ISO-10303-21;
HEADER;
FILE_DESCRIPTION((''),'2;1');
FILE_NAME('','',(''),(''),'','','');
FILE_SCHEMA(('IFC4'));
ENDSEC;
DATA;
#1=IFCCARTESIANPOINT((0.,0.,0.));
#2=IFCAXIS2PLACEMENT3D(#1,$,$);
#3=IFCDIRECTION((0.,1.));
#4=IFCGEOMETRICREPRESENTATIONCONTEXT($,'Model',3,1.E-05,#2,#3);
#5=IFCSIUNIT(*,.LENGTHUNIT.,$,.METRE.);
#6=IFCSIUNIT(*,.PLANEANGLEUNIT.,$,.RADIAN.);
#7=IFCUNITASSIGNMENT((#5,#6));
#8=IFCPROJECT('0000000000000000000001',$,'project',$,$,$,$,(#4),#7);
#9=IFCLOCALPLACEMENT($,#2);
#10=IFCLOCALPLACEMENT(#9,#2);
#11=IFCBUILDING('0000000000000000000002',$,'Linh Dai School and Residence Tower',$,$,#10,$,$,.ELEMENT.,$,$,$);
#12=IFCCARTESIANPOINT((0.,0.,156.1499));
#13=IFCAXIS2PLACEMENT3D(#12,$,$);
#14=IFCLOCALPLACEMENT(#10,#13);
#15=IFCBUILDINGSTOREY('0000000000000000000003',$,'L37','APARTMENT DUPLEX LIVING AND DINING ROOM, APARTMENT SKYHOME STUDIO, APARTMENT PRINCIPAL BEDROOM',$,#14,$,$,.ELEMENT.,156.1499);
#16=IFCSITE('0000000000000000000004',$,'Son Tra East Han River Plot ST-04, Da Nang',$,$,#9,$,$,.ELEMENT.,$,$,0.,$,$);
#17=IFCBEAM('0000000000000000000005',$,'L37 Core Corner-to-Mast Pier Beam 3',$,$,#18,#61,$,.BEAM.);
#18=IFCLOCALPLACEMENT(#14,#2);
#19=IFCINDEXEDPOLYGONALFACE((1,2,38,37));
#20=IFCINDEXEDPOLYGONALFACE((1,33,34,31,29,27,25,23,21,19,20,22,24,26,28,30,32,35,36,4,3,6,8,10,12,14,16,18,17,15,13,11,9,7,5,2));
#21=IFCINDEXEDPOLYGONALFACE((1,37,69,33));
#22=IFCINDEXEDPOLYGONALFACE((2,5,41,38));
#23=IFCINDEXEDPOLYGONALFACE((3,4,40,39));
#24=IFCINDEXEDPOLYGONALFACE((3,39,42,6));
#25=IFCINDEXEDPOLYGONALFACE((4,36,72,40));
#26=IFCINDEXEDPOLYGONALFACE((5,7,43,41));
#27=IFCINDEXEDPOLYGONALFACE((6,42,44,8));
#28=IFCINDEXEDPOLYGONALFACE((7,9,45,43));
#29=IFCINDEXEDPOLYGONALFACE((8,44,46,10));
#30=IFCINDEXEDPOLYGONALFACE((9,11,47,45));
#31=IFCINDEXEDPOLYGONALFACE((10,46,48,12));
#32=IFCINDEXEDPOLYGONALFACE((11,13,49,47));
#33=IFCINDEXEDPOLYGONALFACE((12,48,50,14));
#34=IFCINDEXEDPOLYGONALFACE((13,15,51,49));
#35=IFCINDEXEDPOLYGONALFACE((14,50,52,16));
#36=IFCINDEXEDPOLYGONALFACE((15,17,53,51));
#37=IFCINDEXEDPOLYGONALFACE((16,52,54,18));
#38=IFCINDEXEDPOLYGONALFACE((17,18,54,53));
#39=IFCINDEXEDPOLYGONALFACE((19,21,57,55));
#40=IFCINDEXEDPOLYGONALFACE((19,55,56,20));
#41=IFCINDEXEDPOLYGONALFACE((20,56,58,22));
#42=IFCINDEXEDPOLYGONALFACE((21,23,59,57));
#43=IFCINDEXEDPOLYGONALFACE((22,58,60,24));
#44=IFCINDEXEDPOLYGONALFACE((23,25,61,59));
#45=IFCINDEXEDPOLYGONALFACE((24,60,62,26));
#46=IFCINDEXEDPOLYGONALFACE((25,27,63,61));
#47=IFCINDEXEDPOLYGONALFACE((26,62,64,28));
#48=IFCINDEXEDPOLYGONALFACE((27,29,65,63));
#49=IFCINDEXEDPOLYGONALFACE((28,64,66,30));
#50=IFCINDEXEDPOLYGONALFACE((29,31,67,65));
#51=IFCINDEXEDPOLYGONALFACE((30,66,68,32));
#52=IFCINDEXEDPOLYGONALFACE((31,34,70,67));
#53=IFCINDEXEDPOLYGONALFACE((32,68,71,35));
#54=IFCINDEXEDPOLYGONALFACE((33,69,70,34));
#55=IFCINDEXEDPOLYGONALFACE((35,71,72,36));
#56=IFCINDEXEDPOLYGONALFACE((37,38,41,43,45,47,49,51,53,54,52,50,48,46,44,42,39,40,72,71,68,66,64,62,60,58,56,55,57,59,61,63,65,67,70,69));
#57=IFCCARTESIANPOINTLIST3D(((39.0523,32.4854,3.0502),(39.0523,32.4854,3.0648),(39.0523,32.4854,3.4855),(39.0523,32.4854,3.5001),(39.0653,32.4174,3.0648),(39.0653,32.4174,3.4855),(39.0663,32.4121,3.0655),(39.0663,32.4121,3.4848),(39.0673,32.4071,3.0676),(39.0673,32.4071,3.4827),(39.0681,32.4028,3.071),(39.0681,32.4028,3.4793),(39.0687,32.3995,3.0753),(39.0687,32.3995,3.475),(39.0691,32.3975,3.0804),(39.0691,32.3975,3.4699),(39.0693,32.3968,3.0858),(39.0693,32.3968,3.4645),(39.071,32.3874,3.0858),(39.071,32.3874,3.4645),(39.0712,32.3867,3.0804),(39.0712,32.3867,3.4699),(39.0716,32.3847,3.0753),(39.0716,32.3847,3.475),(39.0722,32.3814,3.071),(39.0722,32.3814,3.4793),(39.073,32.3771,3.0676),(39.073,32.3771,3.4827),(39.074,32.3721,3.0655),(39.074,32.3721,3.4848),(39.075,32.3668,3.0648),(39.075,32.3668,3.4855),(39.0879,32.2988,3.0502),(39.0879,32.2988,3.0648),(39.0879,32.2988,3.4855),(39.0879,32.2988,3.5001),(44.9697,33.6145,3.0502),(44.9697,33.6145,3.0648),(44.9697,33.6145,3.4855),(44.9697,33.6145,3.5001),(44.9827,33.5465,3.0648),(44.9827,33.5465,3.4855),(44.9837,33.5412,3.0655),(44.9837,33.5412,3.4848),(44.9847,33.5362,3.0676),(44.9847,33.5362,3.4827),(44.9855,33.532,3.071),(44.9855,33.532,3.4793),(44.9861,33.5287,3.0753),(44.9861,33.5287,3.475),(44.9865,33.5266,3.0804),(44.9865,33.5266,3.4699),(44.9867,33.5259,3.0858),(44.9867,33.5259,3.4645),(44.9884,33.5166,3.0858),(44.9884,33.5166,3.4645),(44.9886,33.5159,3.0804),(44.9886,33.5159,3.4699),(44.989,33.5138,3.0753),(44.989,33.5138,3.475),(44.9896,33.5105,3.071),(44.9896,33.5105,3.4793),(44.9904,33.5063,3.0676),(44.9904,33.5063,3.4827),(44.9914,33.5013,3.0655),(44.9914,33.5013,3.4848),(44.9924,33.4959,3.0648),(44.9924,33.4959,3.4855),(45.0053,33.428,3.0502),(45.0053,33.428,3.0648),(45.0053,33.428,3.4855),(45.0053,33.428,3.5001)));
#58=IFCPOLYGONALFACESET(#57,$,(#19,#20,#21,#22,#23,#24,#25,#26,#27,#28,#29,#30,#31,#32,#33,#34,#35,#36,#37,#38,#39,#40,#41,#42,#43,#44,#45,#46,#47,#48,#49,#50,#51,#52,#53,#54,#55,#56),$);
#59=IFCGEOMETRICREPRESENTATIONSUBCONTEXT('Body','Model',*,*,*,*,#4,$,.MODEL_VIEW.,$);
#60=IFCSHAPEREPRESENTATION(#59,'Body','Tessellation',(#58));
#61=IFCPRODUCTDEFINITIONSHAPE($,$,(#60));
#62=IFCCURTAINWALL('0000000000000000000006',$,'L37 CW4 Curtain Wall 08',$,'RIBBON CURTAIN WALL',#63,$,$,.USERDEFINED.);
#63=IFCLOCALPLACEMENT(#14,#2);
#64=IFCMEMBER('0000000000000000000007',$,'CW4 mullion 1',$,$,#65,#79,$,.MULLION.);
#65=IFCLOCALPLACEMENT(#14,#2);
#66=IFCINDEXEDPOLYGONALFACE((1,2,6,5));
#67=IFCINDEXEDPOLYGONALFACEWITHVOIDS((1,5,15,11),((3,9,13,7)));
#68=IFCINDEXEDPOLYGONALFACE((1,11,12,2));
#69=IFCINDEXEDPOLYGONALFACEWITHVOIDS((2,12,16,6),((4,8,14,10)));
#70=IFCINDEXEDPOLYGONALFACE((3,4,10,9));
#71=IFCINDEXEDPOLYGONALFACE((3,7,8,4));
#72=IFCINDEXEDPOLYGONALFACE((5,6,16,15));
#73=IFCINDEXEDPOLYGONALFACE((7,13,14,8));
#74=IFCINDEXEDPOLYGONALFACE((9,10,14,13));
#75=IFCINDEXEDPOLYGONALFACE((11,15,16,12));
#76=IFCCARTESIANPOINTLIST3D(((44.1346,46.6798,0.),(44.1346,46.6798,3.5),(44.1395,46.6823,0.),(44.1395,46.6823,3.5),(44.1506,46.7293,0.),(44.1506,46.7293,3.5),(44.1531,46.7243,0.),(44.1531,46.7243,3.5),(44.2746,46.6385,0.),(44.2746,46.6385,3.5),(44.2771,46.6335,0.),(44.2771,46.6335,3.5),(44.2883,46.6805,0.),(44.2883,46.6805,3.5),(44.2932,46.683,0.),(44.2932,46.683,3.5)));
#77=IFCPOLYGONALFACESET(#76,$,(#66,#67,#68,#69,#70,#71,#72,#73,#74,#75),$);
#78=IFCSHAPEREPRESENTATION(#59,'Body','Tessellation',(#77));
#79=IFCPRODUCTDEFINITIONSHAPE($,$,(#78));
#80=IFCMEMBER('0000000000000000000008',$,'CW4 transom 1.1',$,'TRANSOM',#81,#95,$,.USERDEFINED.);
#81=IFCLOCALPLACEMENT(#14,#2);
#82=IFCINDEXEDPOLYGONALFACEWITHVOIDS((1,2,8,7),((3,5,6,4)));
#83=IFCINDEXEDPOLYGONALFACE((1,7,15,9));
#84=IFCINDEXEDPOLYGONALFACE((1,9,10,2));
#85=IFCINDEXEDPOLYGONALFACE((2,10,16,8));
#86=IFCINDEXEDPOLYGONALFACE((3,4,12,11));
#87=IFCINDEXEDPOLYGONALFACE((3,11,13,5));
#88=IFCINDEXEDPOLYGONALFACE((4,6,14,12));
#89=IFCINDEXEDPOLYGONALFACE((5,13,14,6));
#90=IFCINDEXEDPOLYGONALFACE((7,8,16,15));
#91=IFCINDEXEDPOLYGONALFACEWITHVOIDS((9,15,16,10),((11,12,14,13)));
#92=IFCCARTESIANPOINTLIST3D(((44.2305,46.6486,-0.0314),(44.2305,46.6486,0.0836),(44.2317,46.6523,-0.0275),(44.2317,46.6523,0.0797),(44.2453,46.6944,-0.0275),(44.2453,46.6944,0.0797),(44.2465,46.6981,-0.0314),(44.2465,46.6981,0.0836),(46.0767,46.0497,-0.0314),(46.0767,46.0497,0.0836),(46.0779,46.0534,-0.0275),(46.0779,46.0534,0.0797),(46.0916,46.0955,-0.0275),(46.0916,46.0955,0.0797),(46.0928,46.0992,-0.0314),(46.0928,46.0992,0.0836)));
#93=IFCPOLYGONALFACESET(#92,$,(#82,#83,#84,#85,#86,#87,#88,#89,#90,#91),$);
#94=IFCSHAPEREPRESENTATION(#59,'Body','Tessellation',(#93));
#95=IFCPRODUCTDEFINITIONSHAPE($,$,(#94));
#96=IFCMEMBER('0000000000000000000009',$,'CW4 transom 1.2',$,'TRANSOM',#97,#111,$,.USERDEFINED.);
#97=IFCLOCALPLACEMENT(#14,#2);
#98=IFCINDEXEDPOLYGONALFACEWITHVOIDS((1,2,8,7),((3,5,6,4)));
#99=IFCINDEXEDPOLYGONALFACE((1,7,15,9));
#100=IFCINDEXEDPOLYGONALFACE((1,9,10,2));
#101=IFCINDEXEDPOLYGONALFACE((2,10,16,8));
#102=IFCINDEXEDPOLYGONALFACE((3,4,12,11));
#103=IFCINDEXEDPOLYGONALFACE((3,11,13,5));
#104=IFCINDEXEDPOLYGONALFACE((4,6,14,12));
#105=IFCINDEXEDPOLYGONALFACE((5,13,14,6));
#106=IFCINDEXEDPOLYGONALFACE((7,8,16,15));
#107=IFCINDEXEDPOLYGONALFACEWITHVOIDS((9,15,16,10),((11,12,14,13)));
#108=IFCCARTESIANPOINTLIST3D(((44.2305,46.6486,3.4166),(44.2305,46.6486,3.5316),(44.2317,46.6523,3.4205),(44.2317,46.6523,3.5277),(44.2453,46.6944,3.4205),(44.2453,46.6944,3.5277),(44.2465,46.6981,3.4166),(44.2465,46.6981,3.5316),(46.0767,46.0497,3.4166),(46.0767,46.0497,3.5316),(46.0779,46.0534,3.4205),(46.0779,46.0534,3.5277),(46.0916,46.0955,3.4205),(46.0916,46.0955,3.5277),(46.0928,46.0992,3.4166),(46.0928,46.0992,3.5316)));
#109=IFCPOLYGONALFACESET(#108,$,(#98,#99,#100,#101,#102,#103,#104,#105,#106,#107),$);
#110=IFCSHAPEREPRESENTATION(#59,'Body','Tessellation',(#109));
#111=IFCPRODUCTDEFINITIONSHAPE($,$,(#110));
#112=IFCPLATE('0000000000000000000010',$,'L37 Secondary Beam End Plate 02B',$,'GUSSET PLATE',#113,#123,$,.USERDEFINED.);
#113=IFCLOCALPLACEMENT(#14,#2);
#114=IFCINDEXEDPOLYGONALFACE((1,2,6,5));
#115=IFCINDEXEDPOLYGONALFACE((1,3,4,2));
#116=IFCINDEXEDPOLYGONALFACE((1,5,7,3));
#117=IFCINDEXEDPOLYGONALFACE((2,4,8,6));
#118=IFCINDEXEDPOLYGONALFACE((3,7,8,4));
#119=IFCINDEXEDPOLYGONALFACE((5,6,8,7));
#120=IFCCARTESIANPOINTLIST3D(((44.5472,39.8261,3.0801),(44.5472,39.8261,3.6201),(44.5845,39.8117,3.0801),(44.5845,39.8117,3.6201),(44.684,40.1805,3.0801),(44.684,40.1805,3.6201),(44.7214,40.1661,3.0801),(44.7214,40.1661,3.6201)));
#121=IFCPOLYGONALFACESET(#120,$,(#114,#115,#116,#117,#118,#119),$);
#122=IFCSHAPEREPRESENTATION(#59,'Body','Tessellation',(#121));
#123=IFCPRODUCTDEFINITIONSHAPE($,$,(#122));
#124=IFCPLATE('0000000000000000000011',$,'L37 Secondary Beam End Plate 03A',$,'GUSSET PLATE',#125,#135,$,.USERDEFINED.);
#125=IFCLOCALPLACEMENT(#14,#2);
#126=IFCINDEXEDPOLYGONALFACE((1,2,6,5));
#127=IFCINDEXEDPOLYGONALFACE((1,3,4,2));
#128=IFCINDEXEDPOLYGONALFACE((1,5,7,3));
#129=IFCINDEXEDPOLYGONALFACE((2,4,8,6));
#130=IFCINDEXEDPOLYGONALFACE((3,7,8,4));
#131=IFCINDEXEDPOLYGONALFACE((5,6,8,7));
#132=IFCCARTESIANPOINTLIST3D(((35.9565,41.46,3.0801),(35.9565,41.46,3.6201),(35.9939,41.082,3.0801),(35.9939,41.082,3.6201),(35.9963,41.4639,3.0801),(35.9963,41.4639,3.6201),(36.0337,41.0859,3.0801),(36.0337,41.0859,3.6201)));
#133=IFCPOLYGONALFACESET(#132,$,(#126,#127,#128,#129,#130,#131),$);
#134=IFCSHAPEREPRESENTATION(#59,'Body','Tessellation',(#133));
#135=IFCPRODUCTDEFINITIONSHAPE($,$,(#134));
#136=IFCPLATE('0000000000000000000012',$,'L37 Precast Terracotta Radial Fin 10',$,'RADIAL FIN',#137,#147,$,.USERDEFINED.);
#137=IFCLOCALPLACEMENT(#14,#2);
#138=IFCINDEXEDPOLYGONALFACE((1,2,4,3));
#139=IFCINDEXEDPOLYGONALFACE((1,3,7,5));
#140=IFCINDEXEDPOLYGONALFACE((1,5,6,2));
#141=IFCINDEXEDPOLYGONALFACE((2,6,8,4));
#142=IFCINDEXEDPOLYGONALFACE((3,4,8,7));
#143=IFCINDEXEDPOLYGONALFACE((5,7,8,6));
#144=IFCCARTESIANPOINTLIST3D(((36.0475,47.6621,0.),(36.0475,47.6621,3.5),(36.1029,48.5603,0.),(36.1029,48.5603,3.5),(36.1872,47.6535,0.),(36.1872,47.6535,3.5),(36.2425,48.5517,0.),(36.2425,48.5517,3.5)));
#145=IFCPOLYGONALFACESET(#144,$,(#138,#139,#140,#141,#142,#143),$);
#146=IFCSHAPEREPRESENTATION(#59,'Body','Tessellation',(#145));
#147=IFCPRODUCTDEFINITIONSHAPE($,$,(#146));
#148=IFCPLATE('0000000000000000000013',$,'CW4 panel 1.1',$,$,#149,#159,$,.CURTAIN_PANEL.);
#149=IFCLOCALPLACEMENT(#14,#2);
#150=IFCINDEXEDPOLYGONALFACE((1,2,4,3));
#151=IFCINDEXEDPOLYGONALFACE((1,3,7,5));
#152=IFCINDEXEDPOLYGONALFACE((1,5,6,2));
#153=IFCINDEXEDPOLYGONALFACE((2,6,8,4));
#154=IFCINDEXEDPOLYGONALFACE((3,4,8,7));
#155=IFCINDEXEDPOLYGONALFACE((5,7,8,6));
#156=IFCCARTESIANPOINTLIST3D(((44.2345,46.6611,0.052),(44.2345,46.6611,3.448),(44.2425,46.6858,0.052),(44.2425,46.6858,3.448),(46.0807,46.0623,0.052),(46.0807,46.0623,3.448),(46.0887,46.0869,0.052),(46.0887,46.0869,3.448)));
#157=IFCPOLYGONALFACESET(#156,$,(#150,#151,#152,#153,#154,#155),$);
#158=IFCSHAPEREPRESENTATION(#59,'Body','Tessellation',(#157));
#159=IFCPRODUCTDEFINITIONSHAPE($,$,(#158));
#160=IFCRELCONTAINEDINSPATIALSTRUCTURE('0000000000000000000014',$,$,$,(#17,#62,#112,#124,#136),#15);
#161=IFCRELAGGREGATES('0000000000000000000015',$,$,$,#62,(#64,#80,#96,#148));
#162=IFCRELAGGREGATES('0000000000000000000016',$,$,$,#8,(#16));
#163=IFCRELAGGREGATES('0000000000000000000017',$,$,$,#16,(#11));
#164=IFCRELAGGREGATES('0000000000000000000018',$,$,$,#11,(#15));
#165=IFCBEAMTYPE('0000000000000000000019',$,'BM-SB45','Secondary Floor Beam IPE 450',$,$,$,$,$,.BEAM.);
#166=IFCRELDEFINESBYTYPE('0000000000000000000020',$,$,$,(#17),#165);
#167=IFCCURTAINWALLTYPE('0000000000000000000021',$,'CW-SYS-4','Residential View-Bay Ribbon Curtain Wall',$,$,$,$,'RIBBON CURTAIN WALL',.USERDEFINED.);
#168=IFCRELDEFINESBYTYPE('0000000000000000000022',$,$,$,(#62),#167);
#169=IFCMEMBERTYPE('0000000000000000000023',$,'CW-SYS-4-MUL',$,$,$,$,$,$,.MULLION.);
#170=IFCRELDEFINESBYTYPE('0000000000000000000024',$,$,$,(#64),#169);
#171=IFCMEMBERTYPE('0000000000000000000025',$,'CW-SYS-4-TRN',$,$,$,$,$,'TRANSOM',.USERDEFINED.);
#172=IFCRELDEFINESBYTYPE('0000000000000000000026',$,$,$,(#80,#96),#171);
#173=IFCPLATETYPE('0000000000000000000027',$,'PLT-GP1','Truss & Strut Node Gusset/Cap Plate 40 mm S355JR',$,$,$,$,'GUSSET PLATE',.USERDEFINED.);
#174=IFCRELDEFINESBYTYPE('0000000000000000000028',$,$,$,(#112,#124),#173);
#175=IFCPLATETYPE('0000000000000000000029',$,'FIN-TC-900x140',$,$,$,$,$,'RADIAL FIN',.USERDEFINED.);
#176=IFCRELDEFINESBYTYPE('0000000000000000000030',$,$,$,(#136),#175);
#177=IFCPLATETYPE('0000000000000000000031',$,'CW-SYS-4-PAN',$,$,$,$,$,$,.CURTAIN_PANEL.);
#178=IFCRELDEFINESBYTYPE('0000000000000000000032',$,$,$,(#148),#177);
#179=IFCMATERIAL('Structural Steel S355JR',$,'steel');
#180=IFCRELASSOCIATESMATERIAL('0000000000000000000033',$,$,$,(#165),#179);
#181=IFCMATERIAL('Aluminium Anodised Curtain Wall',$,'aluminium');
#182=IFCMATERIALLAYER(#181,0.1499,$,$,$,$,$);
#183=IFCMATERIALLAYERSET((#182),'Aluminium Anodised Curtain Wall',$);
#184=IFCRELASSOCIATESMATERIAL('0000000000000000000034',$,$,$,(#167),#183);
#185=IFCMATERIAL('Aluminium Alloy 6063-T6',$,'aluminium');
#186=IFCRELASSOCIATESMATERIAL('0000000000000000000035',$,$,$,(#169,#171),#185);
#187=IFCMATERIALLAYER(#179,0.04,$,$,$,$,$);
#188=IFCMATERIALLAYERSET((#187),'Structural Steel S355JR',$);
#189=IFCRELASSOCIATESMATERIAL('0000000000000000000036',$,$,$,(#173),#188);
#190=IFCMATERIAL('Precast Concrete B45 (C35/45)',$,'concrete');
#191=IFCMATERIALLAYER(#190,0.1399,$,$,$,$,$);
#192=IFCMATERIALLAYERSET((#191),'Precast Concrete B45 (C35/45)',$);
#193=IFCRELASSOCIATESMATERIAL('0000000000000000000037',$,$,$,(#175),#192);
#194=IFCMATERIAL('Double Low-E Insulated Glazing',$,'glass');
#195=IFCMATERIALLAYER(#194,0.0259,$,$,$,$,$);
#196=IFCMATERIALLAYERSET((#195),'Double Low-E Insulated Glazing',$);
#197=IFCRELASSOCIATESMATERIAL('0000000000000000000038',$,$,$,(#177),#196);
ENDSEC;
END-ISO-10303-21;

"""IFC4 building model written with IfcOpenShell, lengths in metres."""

from ifc_helpers import new_model, si_unit, direction, frame, origin, origin_2d, place, context, subcontext, project, spatial, rectangle, hollow_rectangle, i_section, extrude, source, transform, mapped, material, layer, layer_set, material_profile, profile_set, type_object, element, aggregate, save


model = new_model("IFC4")

# Units and contexts
model_context = context("Model", 3, precision=1e-05, world=origin(), true_north=direction((0.0, 1.0)))
body_context = subcontext(model_context, "Body", "Model", "MODEL_VIEW")
ifc_project = project(units=[si_unit("LENGTHUNIT", "METRE"), si_unit("PLANEANGLEUNIT", "RADIAN")], contexts=[model_context])

# Site, building, storey
site_placement = place(None, origin())
site = spatial("IfcSite", under=ifc_project, at=site_placement, Name="Son Tra East Han River Plot ST-04, Da Nang", CompositionType="ELEMENT", RefElevation=0.0)
building_placement = place(site_placement, origin())
building = spatial("IfcBuilding", under=site, at=building_placement, Name="Linh Dai School and Residence Tower", CompositionType="ELEMENT")
storey_placement = place(building_placement, frame((0.0, 0.0, 156.1499)))
storey = spatial("IfcBuildingStorey", under=building, at=storey_placement, Name="L37", Description="APARTMENT DUPLEX LIVING AND DINING ROOM, APARTMENT SKYHOME STUDIO, APARTMENT PRINCIPAL BEDROOM", CompositionType="ELEMENT", Elevation=156.1499)

# Shared definitions
ifc_material_1 = material(Name="Structural Steel S355JR", Category="steel")

# Beam
ifc_material_profile_1 = material_profile(ifc_material_1, i_section(OverallWidth=0.1899, OverallDepth=0.45, WebThickness=0.0095, FlangeThickness=0.0146, FilletRadius=0.021, at=origin_2d()), Name="IPE 450")
ifc_profile_set_1 = profile_set([ifc_material_profile_1], Name="Structural Steel S355JR")
beam_type_1 = type_object("IfcBeamType", Name="BM-SB45", Description="Secondary Floor Beam IPE 450", PredefinedType="BEAM", material=ifc_profile_set_1)
beam_1_placement = place(storey_placement, frame((44.9875, 33.5212, 3.2751), z_axis=(-0.982277, -0.187434, 0.0), x_axis=(0.187434, -0.982277, 0.0)))
element("IfcBeam", 1, at=beam_1_placement, inside=storey, type_object=beam_type_1, Name="L37 Core Corner-to-Mast Pier Beam 3", PredefinedType="BEAM", context=body_context, shape_type="SweptSolid", body=[
    extrude(i_section(OverallWidth=0.1899, OverallDepth=0.45, WebThickness=0.0095, FlangeThickness=0.0146, FilletRadius=0.021, at=origin_2d()), origin(), (0.0, 0.0, 1.0), 6.0242),
])

# Curtain wall, members
ifc_material_2 = material(Name="Aluminium Anodised Curtain Wall", Category="aluminium")
ifc_layer_1 = layer(ifc_material_2, 0.1499)
ifc_layer_set_1 = layer_set([ifc_layer_1], Name="Aluminium Anodised Curtain Wall")
curtain_wall_type = type_object("IfcCurtainWallType", Name="CW-SYS-4", Description="Residential View-Bay Ribbon Curtain Wall", ElementType="RIBBON CURTAIN WALL", PredefinedType="USERDEFINED", material=ifc_layer_set_1)
curtain_wall_placement = place(storey_placement, origin())
curtain_wall = element("IfcCurtainWall", 2, at=curtain_wall_placement, inside=storey, type_object=curtain_wall_type, Name="L37 CW4 Curtain Wall 08", ObjectType="RIBBON CURTAIN WALL", PredefinedType="USERDEFINED")
ifc_material_3 = material(Name="Aluminium Alloy 6063-T6", Category="aluminium")
ifc_material_profile_2 = material_profile(ifc_material_3, hollow_rectangle(XDim=0.052, YDim=0.1499, WallThickness=0.0039, at=origin_2d()), Name="RHS 150x52x4")
ifc_profile_set_2 = profile_set([ifc_material_profile_2], Name="Aluminium Alloy 6063-T6")
member_type_1 = type_object("IfcMemberType", Name="CW-SYS-4-MUL", PredefinedType="MULLION", material=ifc_profile_set_2)
shared_shape_1 = source(origin(), body_context, "Body", "SweptSolid", [
    extrude(hollow_rectangle(XDim=0.052, YDim=0.1499, WallThickness=0.0039, at=origin_2d()), origin(), (0.0, 0.0, 1.0), 3.5),
])
member_1_placement = place(storey_placement, frame((44.2139, 46.6814, 0.0), z_axis=(0.0, 0.0, 1.0), x_axis=(0.308536, 0.951213, 0.0)))
member_1 = element("IfcMember", 3, at=member_1_placement, type_object=member_type_1, Name="CW4 mullion 1", PredefinedType="MULLION", context=body_context, shape_type="MappedRepresentation", body=[
    mapped(shared_shape_1, transform((0.0, 0.0, 0.0), x_axis=(1.0, 0.0, 0.0), y_axis=(0.0, 1.0, 0.0), z_axis=(0.0, 0.0, 1.0), scale=1.0)),
])
ifc_material_profile_3 = material_profile(ifc_material_3, hollow_rectangle(XDim=0.052, YDim=0.115, WallThickness=0.0039, at=origin_2d()), Name="RHS 115x52x4")
ifc_profile_set_3 = profile_set([ifc_material_profile_3], Name="Aluminium Alloy 6063-T6")
member_type_2 = type_object("IfcMemberType", Name="CW-SYS-4-TRN", ElementType="TRANSOM", PredefinedType="USERDEFINED", material=ifc_profile_set_3)
shared_shape_2 = source(origin(), body_context, "Body", "SweptSolid", [
    extrude(hollow_rectangle(XDim=0.052, YDim=0.115, WallThickness=0.0039, at=origin_2d()), origin(), (0.0, 0.0, 1.0), 1.9409),
])
member_2_placement = place(storey_placement, frame((44.2385, 46.6733, 0.0261), z_axis=(0.951206, -0.308557, 0.0), x_axis=(0.308557, 0.951206, 0.0)))
member_2 = element("IfcMember", 4, at=member_2_placement, type_object=member_type_2, Name="CW4 transom 1.1", ObjectType="TRANSOM", PredefinedType="USERDEFINED", context=body_context, shape_type="MappedRepresentation", body=[
    mapped(shared_shape_2, transform((0.0, 0.0, 0.0), x_axis=(1.0, 0.0, 0.0), y_axis=(0.0, 1.0, 0.0), z_axis=(0.0, 0.0, 1.0), scale=1.0)),
])
member_3_placement = place(storey_placement, frame((44.2385, 46.6733, 3.4741), z_axis=(0.951206, -0.308557, 0.0), x_axis=(0.308557, 0.951206, 0.0)))
member_3 = element("IfcMember", 5, at=member_3_placement, type_object=member_type_2, Name="CW4 transom 1.2", ObjectType="TRANSOM", PredefinedType="USERDEFINED", context=body_context, shape_type="MappedRepresentation", body=[
    mapped(shared_shape_2, transform((0.0, 0.0, 0.0), x_axis=(1.0, 0.0, 0.0), y_axis=(0.0, 1.0, 0.0), z_axis=(0.0, 0.0, 1.0), scale=1.0)),
])

# Plates
ifc_layer_2 = layer(ifc_material_1, 0.04)
ifc_layer_set_2 = layer_set([ifc_layer_2], Name="Structural Steel S355JR")
plate_type_1 = type_object("IfcPlateType", Name="PLT-GP1", Description="Truss & Strut Node Gusset/Cap Plate 40 mm S355JR", ElementType="GUSSET PLATE", PredefinedType="USERDEFINED", material=ifc_layer_set_2)
shared_shape_3 = source(origin(), body_context, "Body", "SweptSolid", [
    extrude(rectangle(XDim=0.04, YDim=0.3799, at=origin_2d()), origin(), (0.0, 0.0, 1.0), 0.54),
])
for number, where, z_axis, x_axis, name in (
    (6, (44.6343, 39.9961, 3.0801), (0.0, 0.0, 1.0), (-0.932823, 0.360335, 0.0), "L37 Secondary Beam End Plate 02B"),
    (7, (35.9951, 41.2729, 3.0801), (0.0, 0.0, 1.0), (-0.995145, -0.098423, 0.0), "L37 Secondary Beam End Plate 03A"),
):
    element("IfcPlate", number, at=place(storey_placement, frame(where, z_axis=z_axis, x_axis=x_axis)), inside=storey, type_object=plate_type_1, Name=name, ObjectType="GUSSET PLATE", PredefinedType="USERDEFINED", context=body_context, shape_type="MappedRepresentation", body=[
        mapped(shared_shape_3, transform((0.0, 0.0, 0.0), x_axis=(1.0, 0.0, 0.0), y_axis=(0.0, 1.0, 0.0), z_axis=(0.0, 0.0, 1.0), scale=1.0)),
    ])
ifc_material_4 = material(Name="Precast Concrete B45 (C35/45)", Category="concrete")
ifc_layer_3 = layer(ifc_material_4, 0.1399)
ifc_layer_set_3 = layer_set([ifc_layer_3], Name="Precast Concrete B45 (C35/45)")
plate_type_2 = type_object("IfcPlateType", Name="FIN-TC-900x140", ElementType="RADIAL FIN", PredefinedType="USERDEFINED", material=ifc_layer_set_3)
shared_shape_4 = source(origin(), body_context, "Body", "SweptSolid", [
    extrude(rectangle(XDim=0.8999, YDim=0.1399, at=origin_2d()), origin(), (0.0, 0.0, 1.0), 3.5),
])
plate_1_placement = place(storey_placement, frame((36.145, 48.1069, 0.0), z_axis=(0.0, 0.0, 1.0), x_axis=(0.061512, 0.998106, 0.0)))
element("IfcPlate", 8, at=plate_1_placement, inside=storey, type_object=plate_type_2, Name="L37 Precast Terracotta Radial Fin 10", ObjectType="RADIAL FIN", PredefinedType="USERDEFINED", context=body_context, shape_type="MappedRepresentation", body=[
    mapped(shared_shape_4, transform((0.0, 0.0, 0.0), x_axis=(1.0, 0.0, 0.0), y_axis=(0.0, 1.0, 0.0), z_axis=(0.0, 0.0, 1.0), scale=1.0)),
])

# Plate
ifc_material_5 = material(Name="Double Low-E Insulated Glazing", Category="glass")
ifc_layer_4 = layer(ifc_material_5, 0.0259)
ifc_layer_set_4 = layer_set([ifc_layer_4], Name="Double Low-E Insulated Glazing")
plate_type_3 = type_object("IfcPlateType", Name="CW-SYS-4-PAN", PredefinedType="CURTAIN_PANEL", material=ifc_layer_set_4)
shared_shape_5 = source(origin(), body_context, "Body", "SweptSolid", [
    extrude(rectangle(XDim=1.9409, YDim=0.0259, at=origin_2d()), origin(), (0.0, 0.0, 1.0), 3.396),
])
plate_2_placement = place(storey_placement, frame((45.1616, 46.374, 0.052), z_axis=(0.0, 0.0, 1.0), x_axis=(0.951213, -0.308536, 0.0)))
plate_2 = element("IfcPlate", 9, at=plate_2_placement, type_object=plate_type_3, Name="CW4 panel 1.1", PredefinedType="CURTAIN_PANEL", context=body_context, shape_type="MappedRepresentation", body=[
    mapped(shared_shape_5, transform((0.0, 0.0, 0.0), x_axis=(1.0, 0.0, 0.0), y_axis=(0.0, 1.0, 0.0), z_axis=(0.0, 0.0, 1.0), scale=1.0)),
])
aggregate(curtain_wall, [member_1, member_2, member_3, plate_2])

save(model, "model.ifc")
